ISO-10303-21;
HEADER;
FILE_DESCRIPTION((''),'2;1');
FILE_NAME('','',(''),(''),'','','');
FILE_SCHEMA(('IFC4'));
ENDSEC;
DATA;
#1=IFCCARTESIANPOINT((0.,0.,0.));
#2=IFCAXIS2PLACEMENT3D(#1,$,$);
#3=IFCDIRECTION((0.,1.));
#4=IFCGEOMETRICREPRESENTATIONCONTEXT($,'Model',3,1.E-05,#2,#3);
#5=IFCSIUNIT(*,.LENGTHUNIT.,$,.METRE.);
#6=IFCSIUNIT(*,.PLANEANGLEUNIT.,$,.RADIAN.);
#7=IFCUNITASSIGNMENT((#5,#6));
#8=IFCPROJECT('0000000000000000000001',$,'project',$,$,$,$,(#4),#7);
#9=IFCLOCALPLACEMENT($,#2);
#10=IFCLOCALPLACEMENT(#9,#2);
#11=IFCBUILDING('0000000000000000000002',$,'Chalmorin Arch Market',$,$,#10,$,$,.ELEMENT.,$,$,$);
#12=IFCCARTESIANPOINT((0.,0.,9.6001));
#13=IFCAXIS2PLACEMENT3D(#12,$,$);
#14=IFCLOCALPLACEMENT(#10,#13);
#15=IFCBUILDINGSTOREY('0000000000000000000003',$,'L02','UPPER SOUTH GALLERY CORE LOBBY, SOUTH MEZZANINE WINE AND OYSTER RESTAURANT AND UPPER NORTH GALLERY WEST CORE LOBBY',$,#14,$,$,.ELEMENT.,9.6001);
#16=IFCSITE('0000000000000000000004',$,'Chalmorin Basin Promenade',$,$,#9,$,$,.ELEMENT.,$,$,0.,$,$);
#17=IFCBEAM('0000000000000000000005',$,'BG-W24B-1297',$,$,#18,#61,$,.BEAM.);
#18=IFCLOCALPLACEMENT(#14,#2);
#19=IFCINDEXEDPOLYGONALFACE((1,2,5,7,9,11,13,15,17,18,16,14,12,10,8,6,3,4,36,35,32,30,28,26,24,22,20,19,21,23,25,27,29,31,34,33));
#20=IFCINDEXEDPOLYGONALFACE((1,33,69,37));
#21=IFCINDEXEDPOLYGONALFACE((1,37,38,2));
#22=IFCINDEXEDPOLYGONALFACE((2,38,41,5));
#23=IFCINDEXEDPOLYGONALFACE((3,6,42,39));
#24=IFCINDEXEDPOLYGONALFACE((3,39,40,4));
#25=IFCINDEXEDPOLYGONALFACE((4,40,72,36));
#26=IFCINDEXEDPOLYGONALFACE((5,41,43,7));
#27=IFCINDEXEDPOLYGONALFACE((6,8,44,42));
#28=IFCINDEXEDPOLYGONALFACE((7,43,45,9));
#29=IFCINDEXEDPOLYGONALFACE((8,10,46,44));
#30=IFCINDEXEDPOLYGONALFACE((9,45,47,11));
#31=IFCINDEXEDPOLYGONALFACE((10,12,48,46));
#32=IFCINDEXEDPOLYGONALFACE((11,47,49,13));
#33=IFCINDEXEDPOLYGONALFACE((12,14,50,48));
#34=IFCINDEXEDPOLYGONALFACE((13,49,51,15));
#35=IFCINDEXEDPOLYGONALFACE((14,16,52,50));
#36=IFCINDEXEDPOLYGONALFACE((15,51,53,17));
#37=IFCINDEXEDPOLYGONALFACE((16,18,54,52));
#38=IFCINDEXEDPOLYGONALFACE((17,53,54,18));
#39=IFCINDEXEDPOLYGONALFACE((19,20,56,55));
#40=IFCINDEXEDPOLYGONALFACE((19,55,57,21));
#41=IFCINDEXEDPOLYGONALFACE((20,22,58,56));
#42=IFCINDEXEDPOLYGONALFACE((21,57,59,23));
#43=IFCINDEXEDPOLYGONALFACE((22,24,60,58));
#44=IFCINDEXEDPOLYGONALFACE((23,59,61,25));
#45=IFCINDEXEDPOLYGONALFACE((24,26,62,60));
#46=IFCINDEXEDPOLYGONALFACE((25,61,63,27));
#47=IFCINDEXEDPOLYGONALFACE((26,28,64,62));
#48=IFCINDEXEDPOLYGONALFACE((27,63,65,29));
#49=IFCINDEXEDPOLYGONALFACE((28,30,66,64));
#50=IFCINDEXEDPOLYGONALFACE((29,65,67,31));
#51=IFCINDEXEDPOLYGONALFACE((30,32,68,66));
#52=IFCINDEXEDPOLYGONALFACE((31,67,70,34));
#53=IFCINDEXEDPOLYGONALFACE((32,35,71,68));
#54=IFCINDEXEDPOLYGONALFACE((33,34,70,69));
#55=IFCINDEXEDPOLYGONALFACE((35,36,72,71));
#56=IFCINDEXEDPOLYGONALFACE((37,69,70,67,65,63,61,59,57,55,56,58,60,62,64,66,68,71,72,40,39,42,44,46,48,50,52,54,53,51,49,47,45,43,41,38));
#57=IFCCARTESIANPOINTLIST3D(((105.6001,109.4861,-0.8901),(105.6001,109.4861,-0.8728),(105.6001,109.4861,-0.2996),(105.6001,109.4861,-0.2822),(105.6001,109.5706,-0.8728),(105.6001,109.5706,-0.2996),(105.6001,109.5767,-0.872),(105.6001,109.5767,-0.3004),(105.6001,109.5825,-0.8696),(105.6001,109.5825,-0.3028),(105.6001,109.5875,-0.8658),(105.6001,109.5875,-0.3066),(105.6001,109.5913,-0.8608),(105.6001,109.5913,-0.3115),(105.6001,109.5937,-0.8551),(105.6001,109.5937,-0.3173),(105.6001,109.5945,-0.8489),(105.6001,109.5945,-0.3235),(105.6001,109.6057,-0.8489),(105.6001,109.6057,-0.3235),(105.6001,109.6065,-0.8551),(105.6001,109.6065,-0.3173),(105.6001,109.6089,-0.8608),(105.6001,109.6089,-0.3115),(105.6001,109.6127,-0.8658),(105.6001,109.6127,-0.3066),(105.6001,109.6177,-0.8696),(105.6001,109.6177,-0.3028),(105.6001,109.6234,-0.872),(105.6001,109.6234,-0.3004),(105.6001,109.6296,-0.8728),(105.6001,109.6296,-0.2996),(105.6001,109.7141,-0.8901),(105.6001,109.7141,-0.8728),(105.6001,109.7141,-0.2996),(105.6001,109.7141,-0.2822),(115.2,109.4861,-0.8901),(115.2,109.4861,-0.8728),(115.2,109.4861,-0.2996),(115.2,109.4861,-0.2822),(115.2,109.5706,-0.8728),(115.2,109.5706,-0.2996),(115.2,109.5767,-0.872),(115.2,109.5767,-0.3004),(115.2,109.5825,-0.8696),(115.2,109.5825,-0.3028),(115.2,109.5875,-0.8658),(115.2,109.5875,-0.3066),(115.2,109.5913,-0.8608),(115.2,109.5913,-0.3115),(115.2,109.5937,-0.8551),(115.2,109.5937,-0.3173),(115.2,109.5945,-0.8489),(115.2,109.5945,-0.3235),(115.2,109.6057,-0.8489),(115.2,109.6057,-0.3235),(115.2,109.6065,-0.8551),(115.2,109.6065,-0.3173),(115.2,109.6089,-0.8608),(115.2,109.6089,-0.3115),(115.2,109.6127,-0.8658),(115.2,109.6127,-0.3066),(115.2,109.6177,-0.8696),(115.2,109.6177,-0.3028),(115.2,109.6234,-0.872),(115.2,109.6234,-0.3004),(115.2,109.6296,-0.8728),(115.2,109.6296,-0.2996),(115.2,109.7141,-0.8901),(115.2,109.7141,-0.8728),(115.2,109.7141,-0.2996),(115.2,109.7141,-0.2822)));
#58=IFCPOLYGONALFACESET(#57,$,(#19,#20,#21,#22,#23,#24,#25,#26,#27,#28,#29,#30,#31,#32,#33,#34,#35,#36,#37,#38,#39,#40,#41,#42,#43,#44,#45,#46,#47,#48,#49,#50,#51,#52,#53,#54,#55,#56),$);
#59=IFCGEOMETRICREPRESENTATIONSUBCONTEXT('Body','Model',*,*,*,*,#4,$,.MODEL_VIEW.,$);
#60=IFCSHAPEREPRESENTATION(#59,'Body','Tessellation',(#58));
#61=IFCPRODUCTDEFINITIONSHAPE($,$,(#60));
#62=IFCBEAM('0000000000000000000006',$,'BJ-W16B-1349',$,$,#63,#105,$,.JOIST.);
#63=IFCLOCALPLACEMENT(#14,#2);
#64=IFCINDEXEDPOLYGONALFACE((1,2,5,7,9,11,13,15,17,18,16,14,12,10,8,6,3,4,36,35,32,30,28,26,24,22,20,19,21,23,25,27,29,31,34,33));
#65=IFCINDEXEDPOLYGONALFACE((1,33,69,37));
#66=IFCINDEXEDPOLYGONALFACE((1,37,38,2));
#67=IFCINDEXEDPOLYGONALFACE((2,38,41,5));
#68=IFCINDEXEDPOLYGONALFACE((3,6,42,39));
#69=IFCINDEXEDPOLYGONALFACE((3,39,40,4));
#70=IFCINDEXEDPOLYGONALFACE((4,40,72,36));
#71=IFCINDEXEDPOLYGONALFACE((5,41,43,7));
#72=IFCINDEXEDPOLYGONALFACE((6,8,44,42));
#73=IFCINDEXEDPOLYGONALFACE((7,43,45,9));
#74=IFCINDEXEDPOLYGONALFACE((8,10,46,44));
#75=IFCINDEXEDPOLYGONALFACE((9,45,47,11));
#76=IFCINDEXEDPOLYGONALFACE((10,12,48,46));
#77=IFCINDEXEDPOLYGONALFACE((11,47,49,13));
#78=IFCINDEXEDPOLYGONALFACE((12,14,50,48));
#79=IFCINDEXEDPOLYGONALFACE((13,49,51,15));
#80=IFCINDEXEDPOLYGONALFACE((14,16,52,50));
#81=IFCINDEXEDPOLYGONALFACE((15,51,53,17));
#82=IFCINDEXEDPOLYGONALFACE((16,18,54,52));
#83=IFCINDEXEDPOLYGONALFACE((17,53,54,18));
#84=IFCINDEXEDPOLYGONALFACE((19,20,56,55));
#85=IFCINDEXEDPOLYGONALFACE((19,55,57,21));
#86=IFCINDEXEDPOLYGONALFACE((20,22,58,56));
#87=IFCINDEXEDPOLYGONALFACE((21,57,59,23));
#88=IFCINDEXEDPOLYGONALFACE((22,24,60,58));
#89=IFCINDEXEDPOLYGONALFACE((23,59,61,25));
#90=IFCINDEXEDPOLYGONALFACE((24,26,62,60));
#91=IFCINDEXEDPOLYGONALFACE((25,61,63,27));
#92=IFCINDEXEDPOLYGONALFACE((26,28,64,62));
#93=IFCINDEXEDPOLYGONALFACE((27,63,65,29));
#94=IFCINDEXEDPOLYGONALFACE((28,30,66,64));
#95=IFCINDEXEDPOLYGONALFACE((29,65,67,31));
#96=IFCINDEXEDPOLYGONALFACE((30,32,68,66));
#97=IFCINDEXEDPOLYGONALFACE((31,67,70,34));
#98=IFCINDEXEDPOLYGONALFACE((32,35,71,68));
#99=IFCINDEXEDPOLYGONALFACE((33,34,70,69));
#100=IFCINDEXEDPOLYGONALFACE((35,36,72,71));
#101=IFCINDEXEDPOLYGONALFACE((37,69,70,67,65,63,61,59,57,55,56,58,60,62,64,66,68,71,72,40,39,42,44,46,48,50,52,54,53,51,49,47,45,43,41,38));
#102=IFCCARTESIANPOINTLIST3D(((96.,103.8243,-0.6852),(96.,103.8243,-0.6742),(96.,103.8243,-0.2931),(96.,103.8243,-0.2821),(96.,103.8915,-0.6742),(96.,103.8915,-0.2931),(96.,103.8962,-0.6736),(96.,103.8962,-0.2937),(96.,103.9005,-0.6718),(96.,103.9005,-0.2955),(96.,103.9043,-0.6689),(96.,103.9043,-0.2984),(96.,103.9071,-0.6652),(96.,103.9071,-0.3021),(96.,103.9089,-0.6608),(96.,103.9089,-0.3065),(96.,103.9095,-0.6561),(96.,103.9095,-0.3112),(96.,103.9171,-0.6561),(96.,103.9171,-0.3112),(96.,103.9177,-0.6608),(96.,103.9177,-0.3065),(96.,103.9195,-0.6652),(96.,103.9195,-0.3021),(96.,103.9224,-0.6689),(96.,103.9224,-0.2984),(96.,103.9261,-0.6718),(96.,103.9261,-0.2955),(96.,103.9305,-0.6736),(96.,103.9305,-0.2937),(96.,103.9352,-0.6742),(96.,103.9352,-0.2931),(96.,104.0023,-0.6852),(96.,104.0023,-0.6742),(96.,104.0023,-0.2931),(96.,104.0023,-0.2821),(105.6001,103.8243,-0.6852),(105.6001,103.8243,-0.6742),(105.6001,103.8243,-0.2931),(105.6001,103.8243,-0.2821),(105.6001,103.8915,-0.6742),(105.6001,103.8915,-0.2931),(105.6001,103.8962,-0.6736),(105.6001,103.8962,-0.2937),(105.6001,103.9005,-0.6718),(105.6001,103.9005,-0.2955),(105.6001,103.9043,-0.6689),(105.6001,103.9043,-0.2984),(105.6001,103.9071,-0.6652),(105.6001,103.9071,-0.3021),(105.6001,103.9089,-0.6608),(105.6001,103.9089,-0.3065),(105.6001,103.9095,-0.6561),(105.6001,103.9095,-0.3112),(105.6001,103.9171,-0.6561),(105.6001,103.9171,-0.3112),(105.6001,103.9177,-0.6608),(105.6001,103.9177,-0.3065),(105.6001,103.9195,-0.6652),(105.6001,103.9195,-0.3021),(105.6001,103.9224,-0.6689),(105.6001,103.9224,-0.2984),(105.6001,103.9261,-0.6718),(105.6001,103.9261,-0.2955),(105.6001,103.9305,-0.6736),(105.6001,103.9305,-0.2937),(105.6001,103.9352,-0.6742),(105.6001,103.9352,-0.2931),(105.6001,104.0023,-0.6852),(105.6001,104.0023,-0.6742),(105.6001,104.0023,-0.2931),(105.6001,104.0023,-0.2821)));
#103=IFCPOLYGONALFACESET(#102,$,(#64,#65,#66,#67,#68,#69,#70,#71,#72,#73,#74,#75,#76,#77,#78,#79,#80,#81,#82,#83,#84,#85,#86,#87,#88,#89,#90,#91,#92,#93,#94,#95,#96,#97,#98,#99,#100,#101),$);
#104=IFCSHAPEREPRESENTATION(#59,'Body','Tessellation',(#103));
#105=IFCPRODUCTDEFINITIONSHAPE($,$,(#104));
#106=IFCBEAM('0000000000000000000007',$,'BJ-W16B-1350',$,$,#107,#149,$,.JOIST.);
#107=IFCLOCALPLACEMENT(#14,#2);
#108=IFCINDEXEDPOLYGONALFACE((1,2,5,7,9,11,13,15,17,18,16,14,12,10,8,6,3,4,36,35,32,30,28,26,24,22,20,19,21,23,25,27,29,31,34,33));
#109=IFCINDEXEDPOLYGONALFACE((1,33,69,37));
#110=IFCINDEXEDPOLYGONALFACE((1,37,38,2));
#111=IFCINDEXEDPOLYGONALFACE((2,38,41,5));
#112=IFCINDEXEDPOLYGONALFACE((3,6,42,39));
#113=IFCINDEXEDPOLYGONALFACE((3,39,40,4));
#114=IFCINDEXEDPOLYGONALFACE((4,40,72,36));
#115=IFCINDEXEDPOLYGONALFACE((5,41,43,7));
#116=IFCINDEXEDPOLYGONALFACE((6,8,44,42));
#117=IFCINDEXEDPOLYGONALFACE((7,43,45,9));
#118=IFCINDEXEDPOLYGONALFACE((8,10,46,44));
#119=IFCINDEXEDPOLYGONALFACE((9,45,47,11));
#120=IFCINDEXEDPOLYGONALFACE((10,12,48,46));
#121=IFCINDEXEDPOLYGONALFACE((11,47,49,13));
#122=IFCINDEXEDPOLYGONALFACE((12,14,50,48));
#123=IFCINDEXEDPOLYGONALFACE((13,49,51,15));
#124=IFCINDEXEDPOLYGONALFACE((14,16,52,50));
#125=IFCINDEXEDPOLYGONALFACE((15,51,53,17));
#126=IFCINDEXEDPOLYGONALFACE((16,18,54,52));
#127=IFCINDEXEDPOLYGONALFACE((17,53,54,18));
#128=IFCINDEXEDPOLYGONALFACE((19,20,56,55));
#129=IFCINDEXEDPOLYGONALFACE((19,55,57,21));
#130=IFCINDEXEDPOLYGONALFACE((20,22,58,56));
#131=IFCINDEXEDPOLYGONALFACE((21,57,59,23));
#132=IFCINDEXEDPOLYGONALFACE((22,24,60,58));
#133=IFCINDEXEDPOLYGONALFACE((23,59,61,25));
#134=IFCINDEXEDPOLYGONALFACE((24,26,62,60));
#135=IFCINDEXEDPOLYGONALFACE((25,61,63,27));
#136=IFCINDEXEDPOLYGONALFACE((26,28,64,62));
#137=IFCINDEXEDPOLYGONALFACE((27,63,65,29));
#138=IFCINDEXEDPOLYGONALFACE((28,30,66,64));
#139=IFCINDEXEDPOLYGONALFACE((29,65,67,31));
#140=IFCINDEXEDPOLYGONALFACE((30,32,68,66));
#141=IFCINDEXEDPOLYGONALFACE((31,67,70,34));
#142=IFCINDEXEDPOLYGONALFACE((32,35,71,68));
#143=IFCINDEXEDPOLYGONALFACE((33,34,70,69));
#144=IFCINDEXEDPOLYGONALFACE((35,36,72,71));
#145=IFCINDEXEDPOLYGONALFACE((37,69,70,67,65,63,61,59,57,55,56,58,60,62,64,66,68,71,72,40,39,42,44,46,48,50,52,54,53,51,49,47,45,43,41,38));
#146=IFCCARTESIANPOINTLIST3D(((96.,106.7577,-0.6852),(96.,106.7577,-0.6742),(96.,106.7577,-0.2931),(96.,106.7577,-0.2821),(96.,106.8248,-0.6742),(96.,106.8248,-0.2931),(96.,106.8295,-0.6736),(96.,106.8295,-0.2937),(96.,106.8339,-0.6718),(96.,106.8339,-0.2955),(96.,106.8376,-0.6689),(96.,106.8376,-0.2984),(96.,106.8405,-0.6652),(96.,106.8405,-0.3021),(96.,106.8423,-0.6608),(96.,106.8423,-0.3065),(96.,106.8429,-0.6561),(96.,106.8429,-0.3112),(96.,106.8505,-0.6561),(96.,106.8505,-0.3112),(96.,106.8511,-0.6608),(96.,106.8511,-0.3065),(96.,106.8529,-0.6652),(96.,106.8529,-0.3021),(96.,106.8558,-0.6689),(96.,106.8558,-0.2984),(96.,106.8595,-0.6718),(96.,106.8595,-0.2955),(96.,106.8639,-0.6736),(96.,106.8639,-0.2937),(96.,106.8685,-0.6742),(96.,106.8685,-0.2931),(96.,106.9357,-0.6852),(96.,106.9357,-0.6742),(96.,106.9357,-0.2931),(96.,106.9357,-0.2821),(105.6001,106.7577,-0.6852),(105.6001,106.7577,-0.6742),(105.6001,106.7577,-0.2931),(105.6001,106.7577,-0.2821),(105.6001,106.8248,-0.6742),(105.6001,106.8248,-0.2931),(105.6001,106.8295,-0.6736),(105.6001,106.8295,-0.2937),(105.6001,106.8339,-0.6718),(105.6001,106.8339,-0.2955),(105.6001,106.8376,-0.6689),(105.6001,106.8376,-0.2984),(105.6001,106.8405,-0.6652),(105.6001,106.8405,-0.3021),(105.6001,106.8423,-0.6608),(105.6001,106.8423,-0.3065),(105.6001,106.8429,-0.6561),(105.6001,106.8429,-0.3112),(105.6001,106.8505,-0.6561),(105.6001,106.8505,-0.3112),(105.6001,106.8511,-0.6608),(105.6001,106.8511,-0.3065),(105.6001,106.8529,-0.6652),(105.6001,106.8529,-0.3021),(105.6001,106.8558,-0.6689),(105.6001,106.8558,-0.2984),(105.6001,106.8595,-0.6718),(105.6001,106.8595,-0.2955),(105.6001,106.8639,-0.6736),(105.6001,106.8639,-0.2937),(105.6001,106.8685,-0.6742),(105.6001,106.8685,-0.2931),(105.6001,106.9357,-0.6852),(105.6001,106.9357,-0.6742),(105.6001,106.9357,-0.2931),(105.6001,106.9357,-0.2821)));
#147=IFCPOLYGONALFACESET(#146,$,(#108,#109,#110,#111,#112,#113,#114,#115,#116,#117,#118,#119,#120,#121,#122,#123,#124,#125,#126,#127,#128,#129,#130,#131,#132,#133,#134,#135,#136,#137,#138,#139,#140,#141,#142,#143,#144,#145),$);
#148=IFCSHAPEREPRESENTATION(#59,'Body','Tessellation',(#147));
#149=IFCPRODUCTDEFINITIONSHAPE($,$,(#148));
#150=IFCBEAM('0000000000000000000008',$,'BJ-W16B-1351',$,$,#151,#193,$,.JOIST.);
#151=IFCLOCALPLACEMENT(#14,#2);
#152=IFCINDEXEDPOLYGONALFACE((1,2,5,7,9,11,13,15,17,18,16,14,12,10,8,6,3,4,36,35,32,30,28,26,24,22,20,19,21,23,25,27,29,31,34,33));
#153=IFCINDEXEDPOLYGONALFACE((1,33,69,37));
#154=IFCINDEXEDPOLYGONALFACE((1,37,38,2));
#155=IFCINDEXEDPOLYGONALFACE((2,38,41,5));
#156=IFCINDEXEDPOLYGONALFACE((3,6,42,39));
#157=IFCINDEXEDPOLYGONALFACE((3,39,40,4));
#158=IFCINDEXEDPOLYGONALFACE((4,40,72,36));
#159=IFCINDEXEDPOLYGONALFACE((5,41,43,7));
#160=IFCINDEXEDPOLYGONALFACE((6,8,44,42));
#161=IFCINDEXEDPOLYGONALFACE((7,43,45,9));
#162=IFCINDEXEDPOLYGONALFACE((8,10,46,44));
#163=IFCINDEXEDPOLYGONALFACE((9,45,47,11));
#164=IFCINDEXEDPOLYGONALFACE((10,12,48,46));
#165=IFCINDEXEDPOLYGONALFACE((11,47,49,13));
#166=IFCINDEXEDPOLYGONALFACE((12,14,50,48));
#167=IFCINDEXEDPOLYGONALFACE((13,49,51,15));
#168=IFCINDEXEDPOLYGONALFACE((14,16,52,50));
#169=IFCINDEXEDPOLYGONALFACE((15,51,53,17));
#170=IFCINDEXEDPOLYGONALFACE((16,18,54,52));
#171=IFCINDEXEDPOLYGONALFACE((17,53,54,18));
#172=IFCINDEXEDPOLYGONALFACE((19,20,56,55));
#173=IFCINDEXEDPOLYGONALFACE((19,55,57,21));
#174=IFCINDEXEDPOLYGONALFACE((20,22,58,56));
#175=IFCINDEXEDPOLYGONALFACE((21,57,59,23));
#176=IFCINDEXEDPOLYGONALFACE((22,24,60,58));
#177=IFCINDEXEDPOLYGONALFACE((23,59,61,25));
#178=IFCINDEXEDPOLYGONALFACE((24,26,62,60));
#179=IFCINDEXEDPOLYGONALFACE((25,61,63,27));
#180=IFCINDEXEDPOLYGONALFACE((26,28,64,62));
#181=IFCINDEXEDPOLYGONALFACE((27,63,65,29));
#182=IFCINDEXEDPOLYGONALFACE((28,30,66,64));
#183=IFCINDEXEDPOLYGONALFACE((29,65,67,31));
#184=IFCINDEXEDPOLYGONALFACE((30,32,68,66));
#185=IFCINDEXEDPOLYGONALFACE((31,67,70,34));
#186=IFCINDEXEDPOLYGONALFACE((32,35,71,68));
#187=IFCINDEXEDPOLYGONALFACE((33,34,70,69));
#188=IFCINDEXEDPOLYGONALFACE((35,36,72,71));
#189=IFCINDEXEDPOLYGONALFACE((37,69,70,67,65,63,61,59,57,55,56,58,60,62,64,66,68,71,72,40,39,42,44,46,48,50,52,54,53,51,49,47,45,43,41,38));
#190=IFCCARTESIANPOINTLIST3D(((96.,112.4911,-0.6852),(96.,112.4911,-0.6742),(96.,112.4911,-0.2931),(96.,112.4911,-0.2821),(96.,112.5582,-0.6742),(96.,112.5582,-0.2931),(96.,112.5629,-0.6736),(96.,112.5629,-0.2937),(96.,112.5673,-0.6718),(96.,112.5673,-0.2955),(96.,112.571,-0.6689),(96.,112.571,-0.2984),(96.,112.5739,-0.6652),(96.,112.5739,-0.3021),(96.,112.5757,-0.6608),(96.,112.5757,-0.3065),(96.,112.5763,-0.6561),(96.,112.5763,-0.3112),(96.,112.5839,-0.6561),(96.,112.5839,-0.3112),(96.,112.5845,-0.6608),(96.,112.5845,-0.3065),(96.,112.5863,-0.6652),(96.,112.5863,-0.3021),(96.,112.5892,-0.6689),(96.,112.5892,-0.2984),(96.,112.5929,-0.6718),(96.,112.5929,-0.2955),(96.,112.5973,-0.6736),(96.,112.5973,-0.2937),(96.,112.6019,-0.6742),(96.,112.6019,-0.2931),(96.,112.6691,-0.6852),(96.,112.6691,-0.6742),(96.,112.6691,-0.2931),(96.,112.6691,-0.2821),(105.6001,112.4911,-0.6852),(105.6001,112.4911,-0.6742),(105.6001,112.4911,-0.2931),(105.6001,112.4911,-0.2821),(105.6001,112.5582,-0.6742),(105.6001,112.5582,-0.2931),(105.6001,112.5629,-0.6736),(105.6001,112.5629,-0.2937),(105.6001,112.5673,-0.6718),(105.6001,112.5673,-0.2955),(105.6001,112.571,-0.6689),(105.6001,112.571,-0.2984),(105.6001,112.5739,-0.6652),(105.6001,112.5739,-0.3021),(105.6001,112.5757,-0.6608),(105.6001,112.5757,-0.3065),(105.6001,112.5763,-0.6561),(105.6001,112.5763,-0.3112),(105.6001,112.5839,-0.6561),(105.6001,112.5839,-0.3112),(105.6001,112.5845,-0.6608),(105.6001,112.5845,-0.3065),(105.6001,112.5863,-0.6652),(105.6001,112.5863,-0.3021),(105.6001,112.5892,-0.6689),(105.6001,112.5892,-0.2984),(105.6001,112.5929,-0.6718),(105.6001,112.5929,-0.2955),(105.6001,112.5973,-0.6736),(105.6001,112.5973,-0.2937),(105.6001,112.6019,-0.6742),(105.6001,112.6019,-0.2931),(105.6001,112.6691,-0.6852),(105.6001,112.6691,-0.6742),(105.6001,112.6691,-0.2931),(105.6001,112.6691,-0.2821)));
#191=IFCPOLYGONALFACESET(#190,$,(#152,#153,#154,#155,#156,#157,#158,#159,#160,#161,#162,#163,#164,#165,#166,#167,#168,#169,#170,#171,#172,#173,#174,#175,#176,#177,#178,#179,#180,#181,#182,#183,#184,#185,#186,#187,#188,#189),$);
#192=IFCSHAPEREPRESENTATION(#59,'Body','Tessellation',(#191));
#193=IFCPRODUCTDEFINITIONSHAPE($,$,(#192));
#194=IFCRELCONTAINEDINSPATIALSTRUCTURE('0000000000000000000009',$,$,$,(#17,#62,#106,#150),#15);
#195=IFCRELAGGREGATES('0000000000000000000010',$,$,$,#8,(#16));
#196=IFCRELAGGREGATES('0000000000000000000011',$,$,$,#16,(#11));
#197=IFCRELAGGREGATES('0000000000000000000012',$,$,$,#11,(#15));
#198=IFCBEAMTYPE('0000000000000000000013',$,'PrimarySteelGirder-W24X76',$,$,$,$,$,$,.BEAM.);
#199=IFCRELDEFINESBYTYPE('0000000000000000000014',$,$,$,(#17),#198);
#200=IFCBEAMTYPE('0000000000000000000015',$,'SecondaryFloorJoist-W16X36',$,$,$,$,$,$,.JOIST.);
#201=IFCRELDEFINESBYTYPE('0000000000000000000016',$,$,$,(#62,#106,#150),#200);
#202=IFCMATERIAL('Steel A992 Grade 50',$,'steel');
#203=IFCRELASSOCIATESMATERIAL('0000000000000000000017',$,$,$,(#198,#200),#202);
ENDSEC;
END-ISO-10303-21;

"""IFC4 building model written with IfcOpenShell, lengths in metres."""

from ifc_helpers import new_model, si_unit, direction, frame, origin, origin_2d, place, context, subcontext, project, spatial, i_section, extrude, material, material_profile, profile_set, type_object, element, save


model = new_model("IFC4")

# Units and contexts
model_context = context("Model", 3, precision=1e-05, world=origin(), true_north=direction((0.0, 1.0)))
body_context = subcontext(model_context, "Body", "Model", "MODEL_VIEW")
ifc_project = project(units=[si_unit("LENGTHUNIT", "METRE"), si_unit("PLANEANGLEUNIT", "RADIAN")], contexts=[model_context])

# Site, building, storey
site_placement = place(None, origin())
site = spatial("IfcSite", under=ifc_project, at=site_placement, Name="Chalmorin Basin Promenade", CompositionType="ELEMENT", RefElevation=0.0)
building_placement = place(site_placement, origin())
building = spatial("IfcBuilding", under=site, at=building_placement, Name="Chalmorin Arch Market", CompositionType="ELEMENT")
storey_placement = place(building_placement, frame((0.0, 0.0, 9.6001)))
storey = spatial("IfcBuildingStorey", under=building, at=storey_placement, Name="L02", Description="UPPER SOUTH GALLERY CORE LOBBY, SOUTH MEZZANINE WINE AND OYSTER RESTAURANT AND UPPER NORTH GALLERY WEST CORE LOBBY", CompositionType="ELEMENT", Elevation=9.6001)

# Beams
ifc_material_1 = material(Name="Steel A992 Grade 50", Category="steel")
ifc_material_profile_1 = material_profile(ifc_material_1, i_section(OverallWidth=0.228, OverallDepth=0.6079, WebThickness=0.0112, FlangeThickness=0.0173, FilletRadius=0.0239, at=origin_2d()), Name="W24X76")
ifc_profile_set_1 = profile_set([ifc_material_profile_1], Name="Steel A992 Grade 50")
beam_type_1 = type_object("IfcBeamType", Name="PrimarySteelGirder-W24X76", PredefinedType="BEAM", material=ifc_profile_set_1)
beam_1_placement = place(storey_placement, frame((105.6001, 109.6001, -0.5862), z_axis=(1.0, 0.0, 0.0), x_axis=(0.0, 1.0, 0.0)))
element("IfcBeam", 1, at=beam_1_placement, inside=storey, type_object=beam_type_1, Name="BG-W24B-1297", PredefinedType="BEAM", context=body_context, shape_type="SweptSolid", body=[
    extrude(i_section(OverallWidth=0.228, OverallDepth=0.6079, WebThickness=0.0112, FlangeThickness=0.0173, FilletRadius=0.0239, at=origin_2d()), origin(), (0.0, 0.0, 1.0), 9.5999),
])
ifc_material_profile_2 = material_profile(ifc_material_1, i_section(OverallWidth=0.178, OverallDepth=0.4031, WebThickness=0.0076, FlangeThickness=0.011, FilletRadius=0.0181, at=origin_2d()), Name="W16X36")
ifc_profile_set_2 = profile_set([ifc_material_profile_2], Name="Steel A992 Grade 50")
beam_type_2 = type_object("IfcBeamType", Name="SecondaryFloorJoist-W16X36", PredefinedType="JOIST", material=ifc_profile_set_2)
for number, where, z_axis, x_axis, name in (
    (2, (96.0, 103.9133, -0.4836), (1.0, 0.0, 0.0), (0.0, 1.0, 0.0), "BJ-W16B-1349"),
    (3, (96.0, 106.8467, -0.4836), (1.0, 0.0, 0.0), (0.0, 1.0, 0.0), "BJ-W16B-1350"),
    (4, (96.0, 112.5801, -0.4836), (1.0, 0.0, 0.0), (0.0, 1.0, 0.0), "BJ-W16B-1351"),
):
    element("IfcBeam", number, at=place(storey_placement, frame(where, z_axis=z_axis, x_axis=x_axis)), inside=storey, type_object=beam_type_2, Name=name, PredefinedType="JOIST", context=body_context, shape_type="SweptSolid", body=[
        extrude(i_section(OverallWidth=0.178, OverallDepth=0.4031, WebThickness=0.0076, FlangeThickness=0.011, FilletRadius=0.0181, at=origin_2d()), origin(), (0.0, 0.0, 1.0), 9.6001),
    ])

save(model, "model.ifc")
